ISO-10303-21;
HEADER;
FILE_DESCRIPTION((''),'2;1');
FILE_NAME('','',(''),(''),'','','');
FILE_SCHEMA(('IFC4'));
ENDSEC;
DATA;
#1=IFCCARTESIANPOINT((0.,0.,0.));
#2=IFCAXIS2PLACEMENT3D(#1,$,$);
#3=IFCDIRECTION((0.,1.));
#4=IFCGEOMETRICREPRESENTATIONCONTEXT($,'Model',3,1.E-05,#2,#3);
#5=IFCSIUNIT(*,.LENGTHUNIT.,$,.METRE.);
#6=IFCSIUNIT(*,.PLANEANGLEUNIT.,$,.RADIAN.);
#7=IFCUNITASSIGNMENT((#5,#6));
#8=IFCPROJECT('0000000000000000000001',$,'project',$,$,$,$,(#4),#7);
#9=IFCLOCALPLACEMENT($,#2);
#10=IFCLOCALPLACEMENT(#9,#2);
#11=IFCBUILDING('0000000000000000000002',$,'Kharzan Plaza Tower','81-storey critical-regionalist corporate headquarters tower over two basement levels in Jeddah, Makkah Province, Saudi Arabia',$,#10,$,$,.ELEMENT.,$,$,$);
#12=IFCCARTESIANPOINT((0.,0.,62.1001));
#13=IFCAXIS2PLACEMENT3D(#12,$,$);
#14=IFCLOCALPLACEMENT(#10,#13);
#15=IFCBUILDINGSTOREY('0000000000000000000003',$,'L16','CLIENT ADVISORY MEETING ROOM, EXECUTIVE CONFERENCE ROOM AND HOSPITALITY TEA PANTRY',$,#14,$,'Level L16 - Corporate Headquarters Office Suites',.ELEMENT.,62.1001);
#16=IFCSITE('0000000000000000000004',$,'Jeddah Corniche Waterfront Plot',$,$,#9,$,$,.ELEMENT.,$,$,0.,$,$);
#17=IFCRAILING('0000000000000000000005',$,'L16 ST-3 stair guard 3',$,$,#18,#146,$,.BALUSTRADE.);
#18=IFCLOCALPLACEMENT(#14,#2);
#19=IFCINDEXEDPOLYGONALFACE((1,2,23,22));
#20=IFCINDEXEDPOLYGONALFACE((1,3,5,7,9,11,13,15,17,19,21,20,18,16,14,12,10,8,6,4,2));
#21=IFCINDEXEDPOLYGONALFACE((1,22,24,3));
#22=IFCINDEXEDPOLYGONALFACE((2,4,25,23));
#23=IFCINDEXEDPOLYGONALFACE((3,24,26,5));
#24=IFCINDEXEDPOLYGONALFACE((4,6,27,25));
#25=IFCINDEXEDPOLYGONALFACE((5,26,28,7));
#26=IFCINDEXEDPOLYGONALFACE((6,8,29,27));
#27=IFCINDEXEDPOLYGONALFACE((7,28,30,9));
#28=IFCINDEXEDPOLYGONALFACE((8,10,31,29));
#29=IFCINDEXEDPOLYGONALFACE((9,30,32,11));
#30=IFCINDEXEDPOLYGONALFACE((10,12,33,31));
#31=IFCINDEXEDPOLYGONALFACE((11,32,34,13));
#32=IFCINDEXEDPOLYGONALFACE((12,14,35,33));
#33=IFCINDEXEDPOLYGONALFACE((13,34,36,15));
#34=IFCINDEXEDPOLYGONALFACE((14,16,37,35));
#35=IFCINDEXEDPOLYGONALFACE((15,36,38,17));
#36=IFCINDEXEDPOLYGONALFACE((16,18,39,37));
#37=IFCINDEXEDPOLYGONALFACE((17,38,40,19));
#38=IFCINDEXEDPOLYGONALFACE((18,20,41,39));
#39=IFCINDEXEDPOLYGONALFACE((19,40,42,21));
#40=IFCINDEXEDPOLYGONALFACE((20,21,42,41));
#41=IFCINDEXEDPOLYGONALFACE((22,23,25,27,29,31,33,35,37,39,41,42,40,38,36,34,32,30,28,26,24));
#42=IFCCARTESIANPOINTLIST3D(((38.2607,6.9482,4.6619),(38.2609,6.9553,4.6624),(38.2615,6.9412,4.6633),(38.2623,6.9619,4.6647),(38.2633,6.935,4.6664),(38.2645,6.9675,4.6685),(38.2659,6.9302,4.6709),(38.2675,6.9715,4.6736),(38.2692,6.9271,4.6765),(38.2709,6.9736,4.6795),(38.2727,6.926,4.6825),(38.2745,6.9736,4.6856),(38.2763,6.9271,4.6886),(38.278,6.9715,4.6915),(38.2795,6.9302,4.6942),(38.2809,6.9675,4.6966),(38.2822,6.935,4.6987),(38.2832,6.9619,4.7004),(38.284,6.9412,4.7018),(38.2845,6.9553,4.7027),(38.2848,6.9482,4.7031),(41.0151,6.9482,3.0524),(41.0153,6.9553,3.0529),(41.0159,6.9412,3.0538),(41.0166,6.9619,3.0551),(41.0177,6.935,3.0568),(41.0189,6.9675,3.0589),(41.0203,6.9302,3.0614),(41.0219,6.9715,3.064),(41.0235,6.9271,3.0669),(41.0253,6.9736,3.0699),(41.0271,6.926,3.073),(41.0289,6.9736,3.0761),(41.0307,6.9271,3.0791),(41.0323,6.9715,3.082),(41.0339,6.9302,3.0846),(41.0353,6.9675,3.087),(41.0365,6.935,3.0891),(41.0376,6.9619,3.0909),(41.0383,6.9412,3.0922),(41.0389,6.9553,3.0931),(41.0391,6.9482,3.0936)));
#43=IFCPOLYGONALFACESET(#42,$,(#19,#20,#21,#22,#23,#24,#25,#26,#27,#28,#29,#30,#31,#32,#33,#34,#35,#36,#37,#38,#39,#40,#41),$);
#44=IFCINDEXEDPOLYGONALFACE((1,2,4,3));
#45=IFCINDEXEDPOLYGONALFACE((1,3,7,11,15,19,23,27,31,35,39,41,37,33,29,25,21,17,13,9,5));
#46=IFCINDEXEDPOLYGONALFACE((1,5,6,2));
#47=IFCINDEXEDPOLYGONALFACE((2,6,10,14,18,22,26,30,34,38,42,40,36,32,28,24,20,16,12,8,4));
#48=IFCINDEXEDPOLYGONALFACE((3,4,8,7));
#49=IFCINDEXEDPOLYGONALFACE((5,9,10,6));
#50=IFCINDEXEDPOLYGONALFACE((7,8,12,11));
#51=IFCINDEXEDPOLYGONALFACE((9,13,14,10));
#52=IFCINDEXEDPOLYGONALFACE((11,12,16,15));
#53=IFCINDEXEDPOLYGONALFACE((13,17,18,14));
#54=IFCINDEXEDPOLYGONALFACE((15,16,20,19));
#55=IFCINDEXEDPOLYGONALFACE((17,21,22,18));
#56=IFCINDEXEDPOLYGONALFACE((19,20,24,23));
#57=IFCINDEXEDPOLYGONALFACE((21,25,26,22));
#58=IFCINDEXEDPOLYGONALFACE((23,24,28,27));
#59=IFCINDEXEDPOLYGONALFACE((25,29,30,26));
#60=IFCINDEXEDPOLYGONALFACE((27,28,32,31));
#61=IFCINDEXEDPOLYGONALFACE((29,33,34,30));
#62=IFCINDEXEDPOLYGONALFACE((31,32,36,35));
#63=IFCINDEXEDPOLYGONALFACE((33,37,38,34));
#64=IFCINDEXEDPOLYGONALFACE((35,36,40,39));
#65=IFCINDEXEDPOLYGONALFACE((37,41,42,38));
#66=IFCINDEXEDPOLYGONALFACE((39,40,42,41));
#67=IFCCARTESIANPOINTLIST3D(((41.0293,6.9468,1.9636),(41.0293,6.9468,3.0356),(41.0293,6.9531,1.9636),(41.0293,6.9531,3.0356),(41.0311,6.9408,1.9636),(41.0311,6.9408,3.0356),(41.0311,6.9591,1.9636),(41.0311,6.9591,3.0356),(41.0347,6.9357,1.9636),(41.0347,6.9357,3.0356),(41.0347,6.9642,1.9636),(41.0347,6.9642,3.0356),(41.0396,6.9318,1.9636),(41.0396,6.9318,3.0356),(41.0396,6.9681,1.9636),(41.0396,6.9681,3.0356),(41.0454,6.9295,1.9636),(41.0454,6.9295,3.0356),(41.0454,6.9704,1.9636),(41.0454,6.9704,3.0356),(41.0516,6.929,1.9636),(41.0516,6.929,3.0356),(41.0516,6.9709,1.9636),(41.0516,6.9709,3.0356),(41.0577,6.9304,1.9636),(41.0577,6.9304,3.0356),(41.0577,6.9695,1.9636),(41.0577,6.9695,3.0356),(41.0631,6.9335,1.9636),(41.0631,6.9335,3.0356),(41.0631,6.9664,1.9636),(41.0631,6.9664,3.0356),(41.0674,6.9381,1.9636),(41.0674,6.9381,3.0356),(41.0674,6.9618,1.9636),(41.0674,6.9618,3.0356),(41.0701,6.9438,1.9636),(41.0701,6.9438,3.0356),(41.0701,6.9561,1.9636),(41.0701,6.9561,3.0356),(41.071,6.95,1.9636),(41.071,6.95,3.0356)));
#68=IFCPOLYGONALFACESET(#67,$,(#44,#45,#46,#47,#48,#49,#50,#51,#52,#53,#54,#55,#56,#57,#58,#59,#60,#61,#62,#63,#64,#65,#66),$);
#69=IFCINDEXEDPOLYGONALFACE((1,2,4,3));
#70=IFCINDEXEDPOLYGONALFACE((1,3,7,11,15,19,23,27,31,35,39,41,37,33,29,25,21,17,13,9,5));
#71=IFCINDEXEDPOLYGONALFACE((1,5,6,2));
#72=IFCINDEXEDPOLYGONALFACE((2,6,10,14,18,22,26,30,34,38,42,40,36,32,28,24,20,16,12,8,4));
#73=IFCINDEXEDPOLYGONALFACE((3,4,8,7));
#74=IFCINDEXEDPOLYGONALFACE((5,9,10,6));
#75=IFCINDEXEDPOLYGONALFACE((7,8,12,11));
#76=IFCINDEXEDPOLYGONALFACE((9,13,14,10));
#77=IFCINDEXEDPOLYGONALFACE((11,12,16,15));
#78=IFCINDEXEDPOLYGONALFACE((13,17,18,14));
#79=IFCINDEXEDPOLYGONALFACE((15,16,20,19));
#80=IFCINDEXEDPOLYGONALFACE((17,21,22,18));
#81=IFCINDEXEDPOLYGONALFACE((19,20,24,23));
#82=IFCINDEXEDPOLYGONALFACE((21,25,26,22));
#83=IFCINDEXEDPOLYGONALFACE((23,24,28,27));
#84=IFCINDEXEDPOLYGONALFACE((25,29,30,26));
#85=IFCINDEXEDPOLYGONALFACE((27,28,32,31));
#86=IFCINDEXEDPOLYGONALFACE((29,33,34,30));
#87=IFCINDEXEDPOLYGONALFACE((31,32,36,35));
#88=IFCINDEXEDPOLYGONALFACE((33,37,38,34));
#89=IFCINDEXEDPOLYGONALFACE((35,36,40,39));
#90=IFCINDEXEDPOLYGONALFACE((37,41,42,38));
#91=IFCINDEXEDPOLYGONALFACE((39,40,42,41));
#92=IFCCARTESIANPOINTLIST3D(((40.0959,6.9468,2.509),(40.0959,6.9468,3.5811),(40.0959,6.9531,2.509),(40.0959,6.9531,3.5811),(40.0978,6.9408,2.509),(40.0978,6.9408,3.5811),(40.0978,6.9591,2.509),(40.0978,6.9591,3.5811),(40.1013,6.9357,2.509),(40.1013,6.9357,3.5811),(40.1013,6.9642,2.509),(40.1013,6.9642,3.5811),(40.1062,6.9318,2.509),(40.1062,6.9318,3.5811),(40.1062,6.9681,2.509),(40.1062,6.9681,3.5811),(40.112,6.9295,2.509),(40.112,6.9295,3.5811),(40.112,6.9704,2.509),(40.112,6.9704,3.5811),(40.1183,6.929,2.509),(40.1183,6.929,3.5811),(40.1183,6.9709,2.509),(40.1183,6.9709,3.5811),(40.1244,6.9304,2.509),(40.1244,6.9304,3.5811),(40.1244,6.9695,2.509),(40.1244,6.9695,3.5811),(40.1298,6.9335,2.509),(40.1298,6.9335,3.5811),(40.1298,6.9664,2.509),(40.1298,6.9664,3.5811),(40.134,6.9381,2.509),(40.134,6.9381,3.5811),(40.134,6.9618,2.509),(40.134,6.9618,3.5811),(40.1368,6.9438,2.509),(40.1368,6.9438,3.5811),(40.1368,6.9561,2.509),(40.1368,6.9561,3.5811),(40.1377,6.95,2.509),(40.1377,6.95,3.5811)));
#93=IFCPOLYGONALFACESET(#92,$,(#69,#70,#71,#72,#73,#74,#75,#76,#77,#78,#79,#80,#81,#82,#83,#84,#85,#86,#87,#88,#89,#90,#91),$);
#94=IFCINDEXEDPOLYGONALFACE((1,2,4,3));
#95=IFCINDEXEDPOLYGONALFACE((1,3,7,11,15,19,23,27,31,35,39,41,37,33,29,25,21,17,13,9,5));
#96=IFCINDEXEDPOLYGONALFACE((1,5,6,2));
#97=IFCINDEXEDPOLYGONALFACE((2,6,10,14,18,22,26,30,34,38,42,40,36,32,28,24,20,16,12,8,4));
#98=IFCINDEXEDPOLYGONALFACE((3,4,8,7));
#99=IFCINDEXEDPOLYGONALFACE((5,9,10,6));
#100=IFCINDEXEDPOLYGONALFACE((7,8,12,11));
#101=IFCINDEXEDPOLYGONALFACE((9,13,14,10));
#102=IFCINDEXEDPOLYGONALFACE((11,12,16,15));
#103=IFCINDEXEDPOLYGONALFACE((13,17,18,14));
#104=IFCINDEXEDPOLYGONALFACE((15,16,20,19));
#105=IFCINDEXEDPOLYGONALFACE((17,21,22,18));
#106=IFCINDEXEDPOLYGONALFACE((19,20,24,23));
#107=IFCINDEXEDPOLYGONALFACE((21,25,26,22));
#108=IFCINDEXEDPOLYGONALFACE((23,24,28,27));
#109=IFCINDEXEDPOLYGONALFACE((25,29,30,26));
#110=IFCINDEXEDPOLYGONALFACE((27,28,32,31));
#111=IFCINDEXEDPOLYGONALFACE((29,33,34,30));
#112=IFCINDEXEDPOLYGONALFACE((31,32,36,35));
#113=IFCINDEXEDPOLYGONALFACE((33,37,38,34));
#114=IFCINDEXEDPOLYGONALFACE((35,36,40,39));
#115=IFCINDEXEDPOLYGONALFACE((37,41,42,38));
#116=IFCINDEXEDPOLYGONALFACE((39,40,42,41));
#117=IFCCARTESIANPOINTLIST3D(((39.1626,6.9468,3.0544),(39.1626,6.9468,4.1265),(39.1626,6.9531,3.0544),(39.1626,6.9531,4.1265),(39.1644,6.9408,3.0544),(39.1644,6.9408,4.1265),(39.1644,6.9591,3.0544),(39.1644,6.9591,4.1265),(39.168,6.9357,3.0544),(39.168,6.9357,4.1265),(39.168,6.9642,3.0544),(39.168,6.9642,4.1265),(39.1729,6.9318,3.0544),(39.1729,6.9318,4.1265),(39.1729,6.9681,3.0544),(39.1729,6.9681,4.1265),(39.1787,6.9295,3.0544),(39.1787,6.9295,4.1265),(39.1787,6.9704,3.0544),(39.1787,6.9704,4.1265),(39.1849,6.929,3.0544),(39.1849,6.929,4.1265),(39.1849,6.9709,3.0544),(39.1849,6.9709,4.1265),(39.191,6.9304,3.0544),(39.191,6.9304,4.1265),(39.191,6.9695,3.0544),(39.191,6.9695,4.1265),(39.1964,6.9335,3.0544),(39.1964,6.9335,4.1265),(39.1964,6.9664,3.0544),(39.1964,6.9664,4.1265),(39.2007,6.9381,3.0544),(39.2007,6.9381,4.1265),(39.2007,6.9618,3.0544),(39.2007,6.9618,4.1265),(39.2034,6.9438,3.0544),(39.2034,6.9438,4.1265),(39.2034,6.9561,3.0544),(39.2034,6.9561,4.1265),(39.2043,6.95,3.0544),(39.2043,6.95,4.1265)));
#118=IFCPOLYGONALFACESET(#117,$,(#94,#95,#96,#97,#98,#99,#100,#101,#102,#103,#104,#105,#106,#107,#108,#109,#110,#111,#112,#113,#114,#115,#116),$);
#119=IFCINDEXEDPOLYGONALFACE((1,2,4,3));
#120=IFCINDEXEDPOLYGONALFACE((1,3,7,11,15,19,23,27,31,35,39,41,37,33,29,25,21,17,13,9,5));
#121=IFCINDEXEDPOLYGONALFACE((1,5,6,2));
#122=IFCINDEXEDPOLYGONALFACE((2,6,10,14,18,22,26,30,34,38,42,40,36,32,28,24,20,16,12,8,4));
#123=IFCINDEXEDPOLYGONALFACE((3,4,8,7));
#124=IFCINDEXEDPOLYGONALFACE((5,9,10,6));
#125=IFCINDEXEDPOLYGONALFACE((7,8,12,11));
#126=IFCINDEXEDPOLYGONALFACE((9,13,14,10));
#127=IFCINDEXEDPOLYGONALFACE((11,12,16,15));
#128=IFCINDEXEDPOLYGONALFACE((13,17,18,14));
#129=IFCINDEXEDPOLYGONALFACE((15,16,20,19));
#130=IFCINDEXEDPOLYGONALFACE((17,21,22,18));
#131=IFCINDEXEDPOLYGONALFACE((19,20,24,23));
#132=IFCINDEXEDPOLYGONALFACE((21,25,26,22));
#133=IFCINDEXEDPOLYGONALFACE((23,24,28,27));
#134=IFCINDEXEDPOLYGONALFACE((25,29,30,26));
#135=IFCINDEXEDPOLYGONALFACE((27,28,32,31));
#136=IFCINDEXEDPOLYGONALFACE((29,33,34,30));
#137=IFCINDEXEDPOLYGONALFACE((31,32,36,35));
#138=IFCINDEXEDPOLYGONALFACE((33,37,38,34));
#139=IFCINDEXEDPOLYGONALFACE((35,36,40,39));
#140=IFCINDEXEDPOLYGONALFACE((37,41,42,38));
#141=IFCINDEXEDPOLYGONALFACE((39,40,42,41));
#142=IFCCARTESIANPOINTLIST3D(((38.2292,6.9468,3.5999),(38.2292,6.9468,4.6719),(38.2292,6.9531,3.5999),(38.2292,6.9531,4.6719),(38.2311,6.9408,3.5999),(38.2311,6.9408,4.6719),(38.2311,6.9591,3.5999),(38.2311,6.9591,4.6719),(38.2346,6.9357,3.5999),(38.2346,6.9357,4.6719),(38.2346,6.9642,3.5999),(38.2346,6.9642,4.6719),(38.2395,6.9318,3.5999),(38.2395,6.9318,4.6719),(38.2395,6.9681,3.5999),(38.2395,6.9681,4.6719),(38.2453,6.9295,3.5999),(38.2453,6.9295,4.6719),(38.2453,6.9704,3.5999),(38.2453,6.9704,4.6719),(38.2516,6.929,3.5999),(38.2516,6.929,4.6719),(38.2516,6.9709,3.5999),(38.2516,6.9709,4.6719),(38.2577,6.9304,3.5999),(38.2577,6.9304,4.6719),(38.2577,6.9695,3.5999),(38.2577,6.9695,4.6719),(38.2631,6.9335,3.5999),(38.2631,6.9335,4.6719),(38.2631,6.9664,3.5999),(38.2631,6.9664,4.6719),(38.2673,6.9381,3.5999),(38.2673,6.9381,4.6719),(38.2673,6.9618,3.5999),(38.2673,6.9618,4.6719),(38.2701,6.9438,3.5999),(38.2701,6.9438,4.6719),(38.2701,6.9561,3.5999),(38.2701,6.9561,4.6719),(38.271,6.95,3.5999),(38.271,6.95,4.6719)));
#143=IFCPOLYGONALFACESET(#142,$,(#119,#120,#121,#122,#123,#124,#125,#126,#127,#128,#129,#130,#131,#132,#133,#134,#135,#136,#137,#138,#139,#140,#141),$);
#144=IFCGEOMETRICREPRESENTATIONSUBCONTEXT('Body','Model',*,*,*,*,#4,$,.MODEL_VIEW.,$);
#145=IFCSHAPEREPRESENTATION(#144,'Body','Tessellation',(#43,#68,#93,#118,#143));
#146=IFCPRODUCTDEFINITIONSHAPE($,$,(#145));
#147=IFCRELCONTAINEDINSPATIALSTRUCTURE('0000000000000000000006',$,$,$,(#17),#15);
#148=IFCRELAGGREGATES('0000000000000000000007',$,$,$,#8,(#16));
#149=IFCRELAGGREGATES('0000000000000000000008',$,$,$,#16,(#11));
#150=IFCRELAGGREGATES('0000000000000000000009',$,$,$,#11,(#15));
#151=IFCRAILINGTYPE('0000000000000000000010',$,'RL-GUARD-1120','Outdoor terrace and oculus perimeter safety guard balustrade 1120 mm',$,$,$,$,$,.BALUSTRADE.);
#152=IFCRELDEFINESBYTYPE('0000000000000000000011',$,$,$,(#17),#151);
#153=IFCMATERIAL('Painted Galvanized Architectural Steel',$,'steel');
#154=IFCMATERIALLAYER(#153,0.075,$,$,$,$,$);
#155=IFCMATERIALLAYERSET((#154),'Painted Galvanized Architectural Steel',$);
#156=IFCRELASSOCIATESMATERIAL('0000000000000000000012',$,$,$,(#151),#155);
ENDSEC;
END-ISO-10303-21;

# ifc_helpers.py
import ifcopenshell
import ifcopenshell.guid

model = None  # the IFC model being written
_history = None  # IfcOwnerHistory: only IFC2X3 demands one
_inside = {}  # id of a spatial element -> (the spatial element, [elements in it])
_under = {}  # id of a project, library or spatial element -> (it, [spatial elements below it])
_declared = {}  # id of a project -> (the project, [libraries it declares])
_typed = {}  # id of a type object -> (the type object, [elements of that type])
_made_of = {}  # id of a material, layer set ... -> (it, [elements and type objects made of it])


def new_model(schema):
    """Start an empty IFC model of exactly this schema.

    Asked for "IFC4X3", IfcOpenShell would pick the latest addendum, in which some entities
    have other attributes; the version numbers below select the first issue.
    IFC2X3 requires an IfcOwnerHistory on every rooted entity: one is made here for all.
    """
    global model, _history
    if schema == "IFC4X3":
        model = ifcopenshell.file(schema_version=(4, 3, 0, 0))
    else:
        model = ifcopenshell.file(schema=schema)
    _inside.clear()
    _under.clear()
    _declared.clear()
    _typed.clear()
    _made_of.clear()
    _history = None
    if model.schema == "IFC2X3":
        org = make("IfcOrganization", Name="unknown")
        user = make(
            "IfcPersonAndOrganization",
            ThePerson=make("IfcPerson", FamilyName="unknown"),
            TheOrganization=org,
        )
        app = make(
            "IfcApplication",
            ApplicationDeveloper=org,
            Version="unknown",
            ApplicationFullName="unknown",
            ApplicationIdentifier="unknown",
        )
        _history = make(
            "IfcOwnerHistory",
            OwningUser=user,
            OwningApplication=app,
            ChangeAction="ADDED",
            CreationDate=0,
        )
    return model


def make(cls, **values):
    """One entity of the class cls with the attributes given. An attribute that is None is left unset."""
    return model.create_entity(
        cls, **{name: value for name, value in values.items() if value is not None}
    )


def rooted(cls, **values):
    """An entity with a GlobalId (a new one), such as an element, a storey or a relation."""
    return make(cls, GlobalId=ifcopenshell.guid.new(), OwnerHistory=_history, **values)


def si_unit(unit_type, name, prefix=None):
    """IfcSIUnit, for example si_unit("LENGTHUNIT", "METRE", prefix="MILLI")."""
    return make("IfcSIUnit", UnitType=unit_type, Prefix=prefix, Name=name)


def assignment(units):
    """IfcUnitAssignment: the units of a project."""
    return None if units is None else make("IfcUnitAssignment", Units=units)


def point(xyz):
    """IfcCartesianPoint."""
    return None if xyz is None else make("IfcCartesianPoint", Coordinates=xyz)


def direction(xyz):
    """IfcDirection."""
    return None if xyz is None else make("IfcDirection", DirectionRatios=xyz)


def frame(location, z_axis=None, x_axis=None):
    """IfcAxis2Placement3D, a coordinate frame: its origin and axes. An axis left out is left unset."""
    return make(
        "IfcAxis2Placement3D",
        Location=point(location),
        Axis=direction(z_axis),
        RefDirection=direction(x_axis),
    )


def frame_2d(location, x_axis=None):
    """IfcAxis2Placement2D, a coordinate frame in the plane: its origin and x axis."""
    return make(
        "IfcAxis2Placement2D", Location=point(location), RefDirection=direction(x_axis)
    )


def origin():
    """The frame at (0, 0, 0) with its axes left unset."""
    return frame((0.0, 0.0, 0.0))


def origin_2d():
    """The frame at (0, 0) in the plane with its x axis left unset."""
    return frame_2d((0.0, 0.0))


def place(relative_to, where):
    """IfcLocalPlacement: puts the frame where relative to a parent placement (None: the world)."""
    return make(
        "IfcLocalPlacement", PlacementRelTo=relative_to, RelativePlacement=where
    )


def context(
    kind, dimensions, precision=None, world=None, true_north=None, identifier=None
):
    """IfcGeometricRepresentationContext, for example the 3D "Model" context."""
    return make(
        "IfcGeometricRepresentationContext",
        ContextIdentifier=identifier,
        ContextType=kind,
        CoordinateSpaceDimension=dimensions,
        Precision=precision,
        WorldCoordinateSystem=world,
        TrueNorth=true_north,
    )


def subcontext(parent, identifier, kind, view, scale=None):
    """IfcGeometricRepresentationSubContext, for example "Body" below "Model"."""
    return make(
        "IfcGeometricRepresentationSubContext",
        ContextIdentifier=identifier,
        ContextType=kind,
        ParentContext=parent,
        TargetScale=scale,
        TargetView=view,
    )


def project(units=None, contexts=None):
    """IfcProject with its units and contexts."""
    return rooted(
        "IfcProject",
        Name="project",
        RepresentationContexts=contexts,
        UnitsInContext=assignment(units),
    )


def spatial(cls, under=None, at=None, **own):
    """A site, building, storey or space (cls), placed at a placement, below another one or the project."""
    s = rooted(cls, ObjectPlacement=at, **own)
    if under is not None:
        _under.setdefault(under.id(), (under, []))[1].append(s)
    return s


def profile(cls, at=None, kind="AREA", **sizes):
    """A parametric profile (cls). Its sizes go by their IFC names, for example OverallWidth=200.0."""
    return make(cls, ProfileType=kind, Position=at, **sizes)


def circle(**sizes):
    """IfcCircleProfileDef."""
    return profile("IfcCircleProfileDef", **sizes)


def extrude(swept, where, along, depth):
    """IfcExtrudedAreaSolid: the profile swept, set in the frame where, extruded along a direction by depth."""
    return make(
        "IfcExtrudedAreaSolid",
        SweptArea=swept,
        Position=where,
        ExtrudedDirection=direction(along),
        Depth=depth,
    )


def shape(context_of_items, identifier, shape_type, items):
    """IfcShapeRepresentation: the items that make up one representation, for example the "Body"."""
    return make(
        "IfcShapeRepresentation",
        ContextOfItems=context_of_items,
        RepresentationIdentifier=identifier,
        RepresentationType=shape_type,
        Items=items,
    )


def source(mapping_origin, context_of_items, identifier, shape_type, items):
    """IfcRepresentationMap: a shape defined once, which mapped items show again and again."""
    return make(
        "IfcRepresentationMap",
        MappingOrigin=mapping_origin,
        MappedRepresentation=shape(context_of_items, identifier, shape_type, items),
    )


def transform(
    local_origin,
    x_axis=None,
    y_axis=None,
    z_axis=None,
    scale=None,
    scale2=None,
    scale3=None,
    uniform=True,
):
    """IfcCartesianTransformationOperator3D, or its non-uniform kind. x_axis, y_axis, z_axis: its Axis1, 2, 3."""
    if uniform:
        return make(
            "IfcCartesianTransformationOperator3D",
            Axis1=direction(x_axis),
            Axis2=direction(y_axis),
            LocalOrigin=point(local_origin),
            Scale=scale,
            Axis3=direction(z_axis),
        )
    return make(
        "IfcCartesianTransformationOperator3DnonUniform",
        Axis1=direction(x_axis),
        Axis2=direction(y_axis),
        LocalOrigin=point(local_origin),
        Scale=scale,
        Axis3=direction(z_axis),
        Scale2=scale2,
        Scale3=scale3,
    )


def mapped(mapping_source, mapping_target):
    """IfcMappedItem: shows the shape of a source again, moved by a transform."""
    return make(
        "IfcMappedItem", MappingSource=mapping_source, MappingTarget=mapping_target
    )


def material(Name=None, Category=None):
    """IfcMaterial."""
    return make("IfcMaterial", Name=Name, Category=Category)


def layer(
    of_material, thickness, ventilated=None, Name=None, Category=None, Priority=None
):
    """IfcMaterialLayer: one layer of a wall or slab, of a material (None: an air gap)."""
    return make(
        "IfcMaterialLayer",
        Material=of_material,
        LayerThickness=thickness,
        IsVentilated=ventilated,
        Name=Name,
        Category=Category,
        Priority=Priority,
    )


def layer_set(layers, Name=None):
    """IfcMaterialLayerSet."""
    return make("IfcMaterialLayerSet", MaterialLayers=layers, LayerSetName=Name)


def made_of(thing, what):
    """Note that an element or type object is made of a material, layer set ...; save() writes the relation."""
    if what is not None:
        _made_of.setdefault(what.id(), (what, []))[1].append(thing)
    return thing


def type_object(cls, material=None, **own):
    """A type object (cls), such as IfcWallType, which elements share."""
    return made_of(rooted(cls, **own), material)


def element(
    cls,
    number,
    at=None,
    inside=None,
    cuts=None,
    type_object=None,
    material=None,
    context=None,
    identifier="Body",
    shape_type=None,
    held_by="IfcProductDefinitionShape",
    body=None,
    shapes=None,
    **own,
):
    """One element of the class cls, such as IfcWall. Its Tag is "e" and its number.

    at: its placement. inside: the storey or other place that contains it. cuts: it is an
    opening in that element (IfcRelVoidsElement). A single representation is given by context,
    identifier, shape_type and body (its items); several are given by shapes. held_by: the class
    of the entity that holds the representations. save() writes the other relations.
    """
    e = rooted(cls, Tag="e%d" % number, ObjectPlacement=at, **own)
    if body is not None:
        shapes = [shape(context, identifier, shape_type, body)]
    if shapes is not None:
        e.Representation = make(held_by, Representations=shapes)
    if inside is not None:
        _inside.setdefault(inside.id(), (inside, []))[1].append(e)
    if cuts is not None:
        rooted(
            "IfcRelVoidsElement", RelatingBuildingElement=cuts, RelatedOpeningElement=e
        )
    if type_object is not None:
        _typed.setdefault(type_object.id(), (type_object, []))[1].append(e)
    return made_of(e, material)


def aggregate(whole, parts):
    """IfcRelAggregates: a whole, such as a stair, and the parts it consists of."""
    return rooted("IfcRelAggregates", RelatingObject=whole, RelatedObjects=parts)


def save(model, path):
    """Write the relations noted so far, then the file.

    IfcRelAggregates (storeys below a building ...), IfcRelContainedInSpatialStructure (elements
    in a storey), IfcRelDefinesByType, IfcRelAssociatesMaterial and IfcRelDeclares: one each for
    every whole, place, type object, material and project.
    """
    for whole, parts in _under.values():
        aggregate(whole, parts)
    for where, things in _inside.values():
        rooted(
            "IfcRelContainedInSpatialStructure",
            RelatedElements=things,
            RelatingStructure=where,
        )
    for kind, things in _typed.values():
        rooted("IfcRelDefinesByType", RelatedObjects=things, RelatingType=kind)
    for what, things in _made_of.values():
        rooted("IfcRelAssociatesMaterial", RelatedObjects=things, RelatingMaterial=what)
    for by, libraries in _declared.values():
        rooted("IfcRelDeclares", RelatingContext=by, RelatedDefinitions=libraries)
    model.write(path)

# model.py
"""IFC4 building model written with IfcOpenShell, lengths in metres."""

from ifc_helpers import new_model, si_unit, direction, frame, origin, origin_2d, place, context, subcontext, project, spatial, circle, extrude, source, transform, mapped, material, layer, layer_set, type_object, element, save


model = new_model("IFC4")

# Units and contexts
model_context = context("Model", 3, precision=1e-05, world=origin(), true_north=direction((0.0, 1.0)))
body_context = subcontext(model_context, "Body", "Model", "MODEL_VIEW")
ifc_project = project(units=[si_unit("LENGTHUNIT", "METRE"), si_unit("PLANEANGLEUNIT", "RADIAN")], contexts=[model_context])

# Site, building, storey
site_placement = place(None, origin())
site = spatial("IfcSite", under=ifc_project, at=site_placement, Name="Jeddah Corniche Waterfront Plot", CompositionType="ELEMENT", RefElevation=0.0)
building_placement = place(site_placement, origin())
building = spatial("IfcBuilding", under=site, at=building_placement, Name="Kharzan Plaza Tower", Description="81-storey critical-regionalist corporate headquarters tower over two basement levels in Jeddah, Makkah Province, Saudi Arabia", CompositionType="ELEMENT")
storey_placement = place(building_placement, frame((0.0, 0.0, 62.1001)))
storey = spatial("IfcBuildingStorey", under=building, at=storey_placement, Name="L16", Description="CLIENT ADVISORY MEETING ROOM, EXECUTIVE CONFERENCE ROOM AND HOSPITALITY TEA PANTRY", LongName="Level L16 - Corporate Headquarters Office Suites", CompositionType="ELEMENT", Elevation=62.1001)

# Railing
ifc_material_1 = material(Name="Painted Galvanized Architectural Steel", Category="steel")
ifc_layer_1 = layer(ifc_material_1, 0.075)
ifc_layer_set_1 = layer_set([ifc_layer_1], Name="Painted Galvanized Architectural Steel")
railing_type_1 = type_object("IfcRailingType", Name="RL-GUARD-1120", Description="Outdoor terrace and oculus perimeter safety guard balustrade 1120 mm", PredefinedType="BALUSTRADE", material=ifc_layer_set_1)
shared_shape_1 = source(origin(), body_context, "Body", "SweptSolid", [
    extrude(circle(Radius=0.0239, at=origin_2d()), frame((-0.0229, 0.0, 1.1094), z_axis=(-0.863394, 0.0, 0.504531), x_axis=(0.0, -1.0, 0.0)), (0.0, 0.0, 1.0), 3.1902),
    extrude(circle(Radius=0.021, at=origin_2d()), origin(), (0.0, 0.0, 1.0), 1.072),
    extrude(circle(Radius=0.021, at=origin_2d()), frame((-0.9333, 0.0, 0.5454)), (0.0, 0.0, 1.0), 1.072),
    extrude(circle(Radius=0.021, at=origin_2d()), frame((-1.8667, 0.0, 1.0908)), (0.0, 0.0, 1.0), 1.072),
    extrude(circle(Radius=0.021, at=origin_2d()), frame((-2.8, 0.0, 1.6362)), (0.0, 0.0, 1.0), 1.072),
])
railing_1_placement = place(storey_placement, frame((41.05, 6.95, 1.9636)))
element("IfcRailing", 1, at=railing_1_placement, inside=storey, type_object=railing_type_1, Name="L16 ST-3 stair guard 3", PredefinedType="BALUSTRADE", context=body_context, shape_type="MappedRepresentation", body=[
    mapped(shared_shape_1, transform((0.0, 0.0, 0.0), x_axis=(1.0, 0.0, 0.0), y_axis=(0.0, 1.0, 0.0), z_axis=(0.0, 0.0, 1.0))),
])

save(model, "model.ifc")
